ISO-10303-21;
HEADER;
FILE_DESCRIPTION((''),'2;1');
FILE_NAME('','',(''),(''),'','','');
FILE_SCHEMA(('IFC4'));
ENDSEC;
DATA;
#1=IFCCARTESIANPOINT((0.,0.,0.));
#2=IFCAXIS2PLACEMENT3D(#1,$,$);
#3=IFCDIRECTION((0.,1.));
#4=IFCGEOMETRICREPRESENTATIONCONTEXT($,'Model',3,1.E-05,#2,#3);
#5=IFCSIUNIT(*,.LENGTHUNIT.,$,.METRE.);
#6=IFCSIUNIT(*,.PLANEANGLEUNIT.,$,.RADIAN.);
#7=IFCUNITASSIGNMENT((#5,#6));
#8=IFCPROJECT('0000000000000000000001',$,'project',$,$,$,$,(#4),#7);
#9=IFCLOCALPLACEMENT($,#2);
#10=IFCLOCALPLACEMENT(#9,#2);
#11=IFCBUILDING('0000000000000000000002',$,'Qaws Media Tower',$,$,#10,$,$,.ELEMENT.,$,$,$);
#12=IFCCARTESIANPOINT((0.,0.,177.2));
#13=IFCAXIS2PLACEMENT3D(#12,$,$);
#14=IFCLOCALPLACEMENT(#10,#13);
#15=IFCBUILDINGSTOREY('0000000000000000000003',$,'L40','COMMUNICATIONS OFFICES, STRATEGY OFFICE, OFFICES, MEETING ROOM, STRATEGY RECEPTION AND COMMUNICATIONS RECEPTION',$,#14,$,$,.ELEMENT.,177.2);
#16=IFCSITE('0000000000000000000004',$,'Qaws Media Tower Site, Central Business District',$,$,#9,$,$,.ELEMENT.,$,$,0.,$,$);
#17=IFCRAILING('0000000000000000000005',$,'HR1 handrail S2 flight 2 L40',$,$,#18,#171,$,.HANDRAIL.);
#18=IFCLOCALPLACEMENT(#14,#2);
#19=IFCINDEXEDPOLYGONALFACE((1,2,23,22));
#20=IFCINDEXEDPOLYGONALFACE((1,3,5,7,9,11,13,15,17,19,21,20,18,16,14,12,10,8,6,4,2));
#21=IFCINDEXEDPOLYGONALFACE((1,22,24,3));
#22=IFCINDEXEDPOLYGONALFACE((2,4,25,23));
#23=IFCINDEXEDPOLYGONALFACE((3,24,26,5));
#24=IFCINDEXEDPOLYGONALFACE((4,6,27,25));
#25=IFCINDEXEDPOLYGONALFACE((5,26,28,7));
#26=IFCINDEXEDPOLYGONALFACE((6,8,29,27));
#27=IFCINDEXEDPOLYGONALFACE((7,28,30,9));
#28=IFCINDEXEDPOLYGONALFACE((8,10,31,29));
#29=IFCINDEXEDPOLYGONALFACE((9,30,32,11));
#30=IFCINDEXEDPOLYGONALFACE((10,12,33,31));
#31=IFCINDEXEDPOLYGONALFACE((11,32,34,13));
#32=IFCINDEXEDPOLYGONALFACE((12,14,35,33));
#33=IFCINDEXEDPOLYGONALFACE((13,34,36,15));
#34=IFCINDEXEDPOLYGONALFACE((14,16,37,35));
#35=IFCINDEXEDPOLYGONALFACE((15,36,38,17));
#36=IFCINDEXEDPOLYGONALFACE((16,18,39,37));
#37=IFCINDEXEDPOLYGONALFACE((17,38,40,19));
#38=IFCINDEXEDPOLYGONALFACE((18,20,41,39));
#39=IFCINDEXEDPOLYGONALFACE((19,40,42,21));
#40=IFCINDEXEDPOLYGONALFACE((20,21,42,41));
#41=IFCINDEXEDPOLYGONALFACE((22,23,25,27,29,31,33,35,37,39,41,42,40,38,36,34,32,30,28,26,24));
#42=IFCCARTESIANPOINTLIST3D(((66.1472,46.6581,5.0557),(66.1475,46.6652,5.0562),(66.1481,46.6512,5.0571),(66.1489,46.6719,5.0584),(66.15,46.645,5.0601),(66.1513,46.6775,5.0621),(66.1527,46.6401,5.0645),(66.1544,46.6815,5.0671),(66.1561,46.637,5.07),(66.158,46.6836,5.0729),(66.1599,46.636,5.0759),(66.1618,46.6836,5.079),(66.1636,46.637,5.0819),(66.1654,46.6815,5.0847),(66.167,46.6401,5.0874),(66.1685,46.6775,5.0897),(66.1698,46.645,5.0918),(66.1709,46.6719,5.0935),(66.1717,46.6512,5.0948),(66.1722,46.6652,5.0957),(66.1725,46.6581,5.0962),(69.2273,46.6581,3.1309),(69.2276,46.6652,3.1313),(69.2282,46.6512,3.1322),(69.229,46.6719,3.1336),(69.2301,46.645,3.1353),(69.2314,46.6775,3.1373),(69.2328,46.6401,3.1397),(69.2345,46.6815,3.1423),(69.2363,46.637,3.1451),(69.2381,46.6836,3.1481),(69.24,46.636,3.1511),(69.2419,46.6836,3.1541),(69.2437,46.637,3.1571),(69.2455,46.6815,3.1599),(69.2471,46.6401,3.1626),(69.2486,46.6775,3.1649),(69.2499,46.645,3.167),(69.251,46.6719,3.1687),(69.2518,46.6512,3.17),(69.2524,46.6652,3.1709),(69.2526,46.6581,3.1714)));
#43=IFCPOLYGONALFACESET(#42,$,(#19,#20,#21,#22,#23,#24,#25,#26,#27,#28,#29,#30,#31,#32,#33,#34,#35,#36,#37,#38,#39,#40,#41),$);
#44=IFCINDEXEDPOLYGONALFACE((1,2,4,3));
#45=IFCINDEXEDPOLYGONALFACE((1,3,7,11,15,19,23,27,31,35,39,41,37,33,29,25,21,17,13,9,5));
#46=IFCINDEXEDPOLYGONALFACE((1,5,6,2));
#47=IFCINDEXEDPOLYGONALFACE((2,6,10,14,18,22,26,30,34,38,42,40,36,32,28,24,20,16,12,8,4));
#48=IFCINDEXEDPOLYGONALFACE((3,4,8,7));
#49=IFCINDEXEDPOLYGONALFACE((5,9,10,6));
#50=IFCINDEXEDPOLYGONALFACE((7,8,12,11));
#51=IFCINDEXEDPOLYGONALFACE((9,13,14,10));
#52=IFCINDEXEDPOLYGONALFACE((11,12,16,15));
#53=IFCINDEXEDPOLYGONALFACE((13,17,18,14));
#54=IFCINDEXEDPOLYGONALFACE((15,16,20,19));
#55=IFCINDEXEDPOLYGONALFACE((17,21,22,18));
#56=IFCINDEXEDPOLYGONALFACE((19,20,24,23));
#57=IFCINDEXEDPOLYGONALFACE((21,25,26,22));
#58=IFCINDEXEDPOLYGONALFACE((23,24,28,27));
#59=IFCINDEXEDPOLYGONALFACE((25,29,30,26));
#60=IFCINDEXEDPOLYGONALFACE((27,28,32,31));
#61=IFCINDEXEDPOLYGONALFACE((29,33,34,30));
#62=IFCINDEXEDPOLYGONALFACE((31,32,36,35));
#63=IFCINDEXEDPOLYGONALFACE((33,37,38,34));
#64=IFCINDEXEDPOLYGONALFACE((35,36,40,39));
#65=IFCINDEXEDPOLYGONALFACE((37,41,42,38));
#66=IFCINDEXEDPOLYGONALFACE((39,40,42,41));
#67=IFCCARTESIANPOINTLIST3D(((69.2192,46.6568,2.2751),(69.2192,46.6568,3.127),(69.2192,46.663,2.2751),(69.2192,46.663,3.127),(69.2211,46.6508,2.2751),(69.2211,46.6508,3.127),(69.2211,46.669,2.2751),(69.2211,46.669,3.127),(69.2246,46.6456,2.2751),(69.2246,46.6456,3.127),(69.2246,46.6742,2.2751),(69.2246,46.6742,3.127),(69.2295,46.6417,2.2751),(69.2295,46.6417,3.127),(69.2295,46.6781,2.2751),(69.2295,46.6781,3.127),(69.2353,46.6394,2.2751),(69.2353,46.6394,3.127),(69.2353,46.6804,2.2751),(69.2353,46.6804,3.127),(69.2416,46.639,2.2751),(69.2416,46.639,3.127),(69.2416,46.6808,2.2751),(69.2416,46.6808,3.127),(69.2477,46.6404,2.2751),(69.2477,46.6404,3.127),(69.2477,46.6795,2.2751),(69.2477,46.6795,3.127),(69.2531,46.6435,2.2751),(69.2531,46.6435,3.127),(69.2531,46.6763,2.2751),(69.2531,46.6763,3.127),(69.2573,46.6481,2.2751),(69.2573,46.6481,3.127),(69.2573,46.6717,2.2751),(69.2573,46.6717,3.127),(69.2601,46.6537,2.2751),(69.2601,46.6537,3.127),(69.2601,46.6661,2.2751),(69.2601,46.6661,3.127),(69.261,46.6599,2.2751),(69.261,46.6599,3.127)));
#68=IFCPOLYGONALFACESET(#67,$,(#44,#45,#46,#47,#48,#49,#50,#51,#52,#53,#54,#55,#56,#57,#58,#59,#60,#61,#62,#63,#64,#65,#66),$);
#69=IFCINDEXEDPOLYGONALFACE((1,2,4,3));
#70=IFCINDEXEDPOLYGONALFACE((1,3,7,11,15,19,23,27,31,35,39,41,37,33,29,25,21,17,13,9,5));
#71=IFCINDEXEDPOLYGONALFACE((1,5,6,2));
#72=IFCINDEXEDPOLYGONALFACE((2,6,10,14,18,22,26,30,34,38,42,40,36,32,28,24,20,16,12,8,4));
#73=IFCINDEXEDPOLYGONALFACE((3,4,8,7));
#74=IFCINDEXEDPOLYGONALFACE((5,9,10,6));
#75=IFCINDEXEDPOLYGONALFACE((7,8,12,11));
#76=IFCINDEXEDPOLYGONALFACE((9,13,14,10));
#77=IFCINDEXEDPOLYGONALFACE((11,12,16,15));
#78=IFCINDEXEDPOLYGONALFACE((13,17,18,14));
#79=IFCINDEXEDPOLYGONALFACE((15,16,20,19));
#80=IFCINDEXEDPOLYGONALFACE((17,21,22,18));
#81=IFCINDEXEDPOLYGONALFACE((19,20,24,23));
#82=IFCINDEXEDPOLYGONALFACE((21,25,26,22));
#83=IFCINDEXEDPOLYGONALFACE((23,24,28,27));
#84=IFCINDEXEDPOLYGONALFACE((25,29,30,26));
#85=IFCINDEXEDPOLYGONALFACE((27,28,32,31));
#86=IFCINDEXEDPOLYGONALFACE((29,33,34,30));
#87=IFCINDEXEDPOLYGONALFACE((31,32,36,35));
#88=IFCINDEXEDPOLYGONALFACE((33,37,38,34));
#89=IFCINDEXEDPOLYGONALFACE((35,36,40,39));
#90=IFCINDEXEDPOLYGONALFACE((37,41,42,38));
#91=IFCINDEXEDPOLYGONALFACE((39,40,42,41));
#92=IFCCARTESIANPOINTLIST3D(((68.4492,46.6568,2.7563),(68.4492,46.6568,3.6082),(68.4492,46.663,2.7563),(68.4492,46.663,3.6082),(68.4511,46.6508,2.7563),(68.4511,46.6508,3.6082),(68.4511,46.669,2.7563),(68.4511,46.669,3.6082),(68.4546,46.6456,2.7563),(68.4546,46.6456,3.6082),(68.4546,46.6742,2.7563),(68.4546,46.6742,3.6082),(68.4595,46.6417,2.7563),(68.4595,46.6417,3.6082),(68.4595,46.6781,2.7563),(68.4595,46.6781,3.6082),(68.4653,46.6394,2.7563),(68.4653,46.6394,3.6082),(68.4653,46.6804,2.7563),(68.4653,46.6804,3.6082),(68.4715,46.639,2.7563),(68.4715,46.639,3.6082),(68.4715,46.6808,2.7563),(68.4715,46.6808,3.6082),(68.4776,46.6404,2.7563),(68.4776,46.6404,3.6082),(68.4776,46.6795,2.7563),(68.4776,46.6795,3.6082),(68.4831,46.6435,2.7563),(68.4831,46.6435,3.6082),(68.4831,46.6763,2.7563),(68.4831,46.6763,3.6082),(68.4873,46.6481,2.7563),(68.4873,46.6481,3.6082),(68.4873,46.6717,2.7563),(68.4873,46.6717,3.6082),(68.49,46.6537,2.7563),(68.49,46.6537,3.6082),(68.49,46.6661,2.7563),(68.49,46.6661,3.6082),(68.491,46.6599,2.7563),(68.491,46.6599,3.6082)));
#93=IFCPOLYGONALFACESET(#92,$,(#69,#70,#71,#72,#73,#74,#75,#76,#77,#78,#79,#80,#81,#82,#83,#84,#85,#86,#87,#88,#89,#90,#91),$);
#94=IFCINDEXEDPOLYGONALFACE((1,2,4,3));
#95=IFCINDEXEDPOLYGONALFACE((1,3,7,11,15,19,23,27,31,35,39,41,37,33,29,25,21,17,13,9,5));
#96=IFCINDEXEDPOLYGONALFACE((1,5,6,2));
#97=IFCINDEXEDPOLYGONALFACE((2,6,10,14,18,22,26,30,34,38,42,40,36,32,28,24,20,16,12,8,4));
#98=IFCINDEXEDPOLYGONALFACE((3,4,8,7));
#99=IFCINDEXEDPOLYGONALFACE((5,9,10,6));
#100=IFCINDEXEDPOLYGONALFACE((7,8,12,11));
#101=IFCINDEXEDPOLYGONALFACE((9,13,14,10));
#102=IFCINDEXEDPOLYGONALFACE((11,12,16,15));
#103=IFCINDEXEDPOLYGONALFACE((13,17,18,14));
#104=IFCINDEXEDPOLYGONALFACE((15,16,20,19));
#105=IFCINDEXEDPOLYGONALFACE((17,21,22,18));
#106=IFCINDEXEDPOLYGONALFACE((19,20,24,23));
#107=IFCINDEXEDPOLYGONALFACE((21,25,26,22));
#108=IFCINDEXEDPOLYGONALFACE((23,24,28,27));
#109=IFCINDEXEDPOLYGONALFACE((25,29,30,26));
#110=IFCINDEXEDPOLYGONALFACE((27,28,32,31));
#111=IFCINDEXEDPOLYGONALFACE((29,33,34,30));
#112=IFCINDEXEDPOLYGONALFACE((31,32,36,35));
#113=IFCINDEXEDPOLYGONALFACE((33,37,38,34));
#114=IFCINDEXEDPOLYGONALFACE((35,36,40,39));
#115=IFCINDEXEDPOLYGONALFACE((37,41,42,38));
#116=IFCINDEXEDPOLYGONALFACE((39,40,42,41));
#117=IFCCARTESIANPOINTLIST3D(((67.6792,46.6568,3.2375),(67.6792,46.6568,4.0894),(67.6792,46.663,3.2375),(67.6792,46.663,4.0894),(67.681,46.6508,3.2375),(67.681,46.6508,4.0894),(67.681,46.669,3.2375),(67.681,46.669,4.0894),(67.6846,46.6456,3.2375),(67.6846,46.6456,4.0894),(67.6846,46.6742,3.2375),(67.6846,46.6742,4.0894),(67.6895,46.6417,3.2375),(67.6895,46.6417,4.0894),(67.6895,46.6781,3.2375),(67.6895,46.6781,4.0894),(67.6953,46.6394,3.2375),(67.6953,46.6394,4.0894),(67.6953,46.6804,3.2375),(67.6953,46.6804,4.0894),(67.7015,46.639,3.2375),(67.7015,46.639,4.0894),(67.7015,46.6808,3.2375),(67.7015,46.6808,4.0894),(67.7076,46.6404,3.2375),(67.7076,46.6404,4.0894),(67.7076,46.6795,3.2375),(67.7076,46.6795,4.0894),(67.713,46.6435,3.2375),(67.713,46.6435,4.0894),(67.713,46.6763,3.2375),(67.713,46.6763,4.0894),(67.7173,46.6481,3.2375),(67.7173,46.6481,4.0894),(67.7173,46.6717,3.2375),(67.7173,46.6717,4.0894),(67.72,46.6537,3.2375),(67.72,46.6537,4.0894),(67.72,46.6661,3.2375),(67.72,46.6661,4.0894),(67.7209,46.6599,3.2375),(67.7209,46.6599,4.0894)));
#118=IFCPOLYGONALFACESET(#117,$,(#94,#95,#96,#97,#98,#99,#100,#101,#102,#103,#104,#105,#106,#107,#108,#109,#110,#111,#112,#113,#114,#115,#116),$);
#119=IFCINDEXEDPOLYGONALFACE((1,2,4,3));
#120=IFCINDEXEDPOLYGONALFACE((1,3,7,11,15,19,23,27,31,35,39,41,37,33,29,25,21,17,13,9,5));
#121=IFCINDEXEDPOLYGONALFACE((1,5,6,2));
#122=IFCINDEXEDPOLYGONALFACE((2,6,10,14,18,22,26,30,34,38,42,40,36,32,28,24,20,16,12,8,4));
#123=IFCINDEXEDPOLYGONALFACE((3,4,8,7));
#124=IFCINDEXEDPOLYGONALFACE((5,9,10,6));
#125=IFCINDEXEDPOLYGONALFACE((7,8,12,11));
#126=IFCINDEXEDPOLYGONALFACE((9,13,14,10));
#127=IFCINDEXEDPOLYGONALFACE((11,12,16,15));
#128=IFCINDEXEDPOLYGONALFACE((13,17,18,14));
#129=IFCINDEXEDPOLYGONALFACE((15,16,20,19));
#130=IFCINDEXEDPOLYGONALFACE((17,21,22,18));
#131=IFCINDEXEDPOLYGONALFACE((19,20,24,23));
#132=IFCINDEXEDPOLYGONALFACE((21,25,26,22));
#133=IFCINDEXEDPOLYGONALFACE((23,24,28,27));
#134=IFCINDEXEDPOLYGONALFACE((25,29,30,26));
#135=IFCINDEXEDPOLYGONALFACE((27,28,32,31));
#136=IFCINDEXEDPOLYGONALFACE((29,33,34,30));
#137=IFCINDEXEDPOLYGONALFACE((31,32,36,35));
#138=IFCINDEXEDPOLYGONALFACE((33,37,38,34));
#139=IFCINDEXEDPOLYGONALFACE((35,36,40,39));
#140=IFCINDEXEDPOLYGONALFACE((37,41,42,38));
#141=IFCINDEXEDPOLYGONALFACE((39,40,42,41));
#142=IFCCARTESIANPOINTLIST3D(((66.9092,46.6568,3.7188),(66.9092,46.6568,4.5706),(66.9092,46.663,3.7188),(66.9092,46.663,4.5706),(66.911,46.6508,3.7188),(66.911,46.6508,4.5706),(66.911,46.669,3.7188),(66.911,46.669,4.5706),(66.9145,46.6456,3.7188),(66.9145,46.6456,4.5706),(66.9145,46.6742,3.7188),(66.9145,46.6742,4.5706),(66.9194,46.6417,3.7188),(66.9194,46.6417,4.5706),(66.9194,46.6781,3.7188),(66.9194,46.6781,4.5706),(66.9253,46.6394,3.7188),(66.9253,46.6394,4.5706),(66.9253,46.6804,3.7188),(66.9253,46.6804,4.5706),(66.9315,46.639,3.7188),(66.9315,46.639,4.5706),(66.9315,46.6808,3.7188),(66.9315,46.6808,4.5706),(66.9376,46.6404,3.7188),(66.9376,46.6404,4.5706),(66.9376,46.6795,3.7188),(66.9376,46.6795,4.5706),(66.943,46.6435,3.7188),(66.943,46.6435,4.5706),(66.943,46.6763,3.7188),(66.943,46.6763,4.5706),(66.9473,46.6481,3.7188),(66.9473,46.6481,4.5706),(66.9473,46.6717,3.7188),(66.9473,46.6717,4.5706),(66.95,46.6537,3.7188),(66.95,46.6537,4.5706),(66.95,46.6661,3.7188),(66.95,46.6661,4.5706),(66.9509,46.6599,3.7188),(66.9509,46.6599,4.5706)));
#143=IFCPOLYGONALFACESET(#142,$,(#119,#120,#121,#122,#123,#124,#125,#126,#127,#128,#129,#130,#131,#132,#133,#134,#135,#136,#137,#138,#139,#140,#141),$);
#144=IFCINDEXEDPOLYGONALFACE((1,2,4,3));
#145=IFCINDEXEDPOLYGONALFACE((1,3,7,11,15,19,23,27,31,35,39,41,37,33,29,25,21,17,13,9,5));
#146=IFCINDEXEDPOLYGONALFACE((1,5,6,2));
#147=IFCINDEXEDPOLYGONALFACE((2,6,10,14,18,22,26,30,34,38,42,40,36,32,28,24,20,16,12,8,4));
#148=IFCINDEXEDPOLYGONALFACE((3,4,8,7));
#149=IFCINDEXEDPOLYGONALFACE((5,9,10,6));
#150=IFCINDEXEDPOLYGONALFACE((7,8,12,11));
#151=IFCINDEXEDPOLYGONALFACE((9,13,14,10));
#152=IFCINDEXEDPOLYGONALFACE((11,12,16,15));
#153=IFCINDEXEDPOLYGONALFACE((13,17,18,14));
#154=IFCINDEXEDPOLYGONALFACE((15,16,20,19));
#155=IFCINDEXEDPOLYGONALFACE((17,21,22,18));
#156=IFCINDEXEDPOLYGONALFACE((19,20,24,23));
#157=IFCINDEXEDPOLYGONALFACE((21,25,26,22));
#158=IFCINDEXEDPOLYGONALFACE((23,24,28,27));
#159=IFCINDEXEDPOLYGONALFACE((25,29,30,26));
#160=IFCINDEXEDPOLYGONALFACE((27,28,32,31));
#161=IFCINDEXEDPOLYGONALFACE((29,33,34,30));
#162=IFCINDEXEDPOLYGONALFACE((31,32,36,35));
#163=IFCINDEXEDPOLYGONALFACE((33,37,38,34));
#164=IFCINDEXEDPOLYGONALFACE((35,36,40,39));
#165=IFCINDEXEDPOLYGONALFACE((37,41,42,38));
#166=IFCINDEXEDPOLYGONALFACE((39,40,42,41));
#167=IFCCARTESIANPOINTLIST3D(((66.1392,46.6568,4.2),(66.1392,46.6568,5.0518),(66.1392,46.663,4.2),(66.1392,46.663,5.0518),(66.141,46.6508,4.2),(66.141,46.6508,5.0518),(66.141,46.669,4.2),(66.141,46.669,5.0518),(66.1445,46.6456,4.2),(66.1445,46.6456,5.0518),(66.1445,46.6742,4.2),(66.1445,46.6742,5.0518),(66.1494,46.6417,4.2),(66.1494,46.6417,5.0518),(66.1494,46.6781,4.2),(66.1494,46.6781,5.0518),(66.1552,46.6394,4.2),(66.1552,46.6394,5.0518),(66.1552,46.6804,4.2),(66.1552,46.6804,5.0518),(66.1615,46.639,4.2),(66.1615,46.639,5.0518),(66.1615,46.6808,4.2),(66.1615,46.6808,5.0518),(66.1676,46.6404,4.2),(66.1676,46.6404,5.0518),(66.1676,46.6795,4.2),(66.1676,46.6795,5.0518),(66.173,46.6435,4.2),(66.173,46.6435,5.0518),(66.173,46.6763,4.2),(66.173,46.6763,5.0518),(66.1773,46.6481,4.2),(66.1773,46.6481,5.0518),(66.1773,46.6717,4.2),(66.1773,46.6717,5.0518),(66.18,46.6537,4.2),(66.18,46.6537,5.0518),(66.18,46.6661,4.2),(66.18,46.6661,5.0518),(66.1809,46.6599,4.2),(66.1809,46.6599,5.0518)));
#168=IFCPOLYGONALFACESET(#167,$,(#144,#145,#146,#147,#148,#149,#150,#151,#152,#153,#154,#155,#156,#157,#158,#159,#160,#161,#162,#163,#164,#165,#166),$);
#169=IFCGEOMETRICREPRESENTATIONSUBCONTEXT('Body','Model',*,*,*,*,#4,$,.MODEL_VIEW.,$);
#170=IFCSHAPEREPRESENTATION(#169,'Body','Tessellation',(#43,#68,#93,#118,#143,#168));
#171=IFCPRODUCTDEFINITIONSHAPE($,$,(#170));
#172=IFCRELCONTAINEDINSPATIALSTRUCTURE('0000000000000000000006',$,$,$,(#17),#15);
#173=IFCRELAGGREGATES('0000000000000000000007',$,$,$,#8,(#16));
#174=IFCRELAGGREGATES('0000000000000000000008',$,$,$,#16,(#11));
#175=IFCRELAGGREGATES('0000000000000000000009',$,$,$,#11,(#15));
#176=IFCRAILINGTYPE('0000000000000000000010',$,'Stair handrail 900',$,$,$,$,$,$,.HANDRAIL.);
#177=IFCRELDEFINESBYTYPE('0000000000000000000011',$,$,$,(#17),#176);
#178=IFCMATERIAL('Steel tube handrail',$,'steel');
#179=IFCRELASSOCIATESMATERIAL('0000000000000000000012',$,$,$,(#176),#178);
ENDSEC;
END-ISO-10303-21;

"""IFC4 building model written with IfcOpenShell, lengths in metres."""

from ifc_helpers import new_model, si_unit, direction, frame, origin, origin_2d, place, context, subcontext, project, spatial, circle, extrude, material, type_object, element, save


model = new_model("IFC4")

# Units and contexts
model_context = context("Model", 3, precision=1e-05, world=origin(), true_north=direction((0.0, 1.0)))
body_context = subcontext(model_context, "Body", "Model", "MODEL_VIEW")
ifc_project = project(units=[si_unit("LENGTHUNIT", "METRE"), si_unit("PLANEANGLEUNIT", "RADIAN")], contexts=[model_context])

# Site, building, storey
site_placement = place(None, origin())
site = spatial("IfcSite", under=ifc_project, at=site_placement, Name="Qaws Media Tower Site, Central Business District", CompositionType="ELEMENT", RefElevation=0.0)
building_placement = place(site_placement, origin())
building = spatial("IfcBuilding", under=site, at=building_placement, Name="Qaws Media Tower", CompositionType="ELEMENT")
storey_placement = place(building_placement, frame((0.0, 0.0, 177.2)))
storey = spatial("IfcBuildingStorey", under=building, at=storey_placement, Name="L40", Description="COMMUNICATIONS OFFICES, STRATEGY OFFICE, OFFICES, MEETING ROOM, STRATEGY RECEPTION AND COMMUNICATIONS RECEPTION", CompositionType="ELEMENT", Elevation=177.2)

# Railing
ifc_material_1 = material(Name="Steel tube handrail", Category="steel")
railing_type = type_object("IfcRailingType", Name="Stair handrail 900", PredefinedType="HANDRAIL", material=ifc_material_1)
for number, where, name in (
    (1, (69.24, 46.6599, 2.2751), "HR1 handrail S2 flight 2 L40"),
):
    element("IfcRailing", number, at=place(storey_placement, frame(where)), inside=storey, type_object=railing_type, Name=name, PredefinedType="HANDRAIL", context=body_context, shape_type="SweptSolid", body=[
        extrude(circle(Radius=0.0239, at=origin_2d()), frame((0.0, 0.0, 0.876), z_axis=(-0.848029, 0.0, 0.529951), x_axis=(0.0, -1.0, 0.0)), (0.0, 0.0, 1.0), 3.6321),
        extrude(circle(Radius=0.021, at=origin_2d()), origin(), (0.0, 0.0, 1.0), 0.8518),
        extrude(circle(Radius=0.021, at=origin_2d()), frame((-0.77, 0.0, 0.4812)), (0.0, 0.0, 1.0), 0.8518),
        extrude(circle(Radius=0.021, at=origin_2d()), frame((-1.54, 0.0, 0.9624)), (0.0, 0.0, 1.0), 0.8518),
        extrude(circle(Radius=0.021, at=origin_2d()), frame((-2.3101, 0.0, 1.4436)), (0.0, 0.0, 1.0), 0.8518),
        extrude(circle(Radius=0.021, at=origin_2d()), frame((-3.0801, 0.0, 1.9248)), (0.0, 0.0, 1.0), 0.8518),
    ])

save(model, "model.ifc")
